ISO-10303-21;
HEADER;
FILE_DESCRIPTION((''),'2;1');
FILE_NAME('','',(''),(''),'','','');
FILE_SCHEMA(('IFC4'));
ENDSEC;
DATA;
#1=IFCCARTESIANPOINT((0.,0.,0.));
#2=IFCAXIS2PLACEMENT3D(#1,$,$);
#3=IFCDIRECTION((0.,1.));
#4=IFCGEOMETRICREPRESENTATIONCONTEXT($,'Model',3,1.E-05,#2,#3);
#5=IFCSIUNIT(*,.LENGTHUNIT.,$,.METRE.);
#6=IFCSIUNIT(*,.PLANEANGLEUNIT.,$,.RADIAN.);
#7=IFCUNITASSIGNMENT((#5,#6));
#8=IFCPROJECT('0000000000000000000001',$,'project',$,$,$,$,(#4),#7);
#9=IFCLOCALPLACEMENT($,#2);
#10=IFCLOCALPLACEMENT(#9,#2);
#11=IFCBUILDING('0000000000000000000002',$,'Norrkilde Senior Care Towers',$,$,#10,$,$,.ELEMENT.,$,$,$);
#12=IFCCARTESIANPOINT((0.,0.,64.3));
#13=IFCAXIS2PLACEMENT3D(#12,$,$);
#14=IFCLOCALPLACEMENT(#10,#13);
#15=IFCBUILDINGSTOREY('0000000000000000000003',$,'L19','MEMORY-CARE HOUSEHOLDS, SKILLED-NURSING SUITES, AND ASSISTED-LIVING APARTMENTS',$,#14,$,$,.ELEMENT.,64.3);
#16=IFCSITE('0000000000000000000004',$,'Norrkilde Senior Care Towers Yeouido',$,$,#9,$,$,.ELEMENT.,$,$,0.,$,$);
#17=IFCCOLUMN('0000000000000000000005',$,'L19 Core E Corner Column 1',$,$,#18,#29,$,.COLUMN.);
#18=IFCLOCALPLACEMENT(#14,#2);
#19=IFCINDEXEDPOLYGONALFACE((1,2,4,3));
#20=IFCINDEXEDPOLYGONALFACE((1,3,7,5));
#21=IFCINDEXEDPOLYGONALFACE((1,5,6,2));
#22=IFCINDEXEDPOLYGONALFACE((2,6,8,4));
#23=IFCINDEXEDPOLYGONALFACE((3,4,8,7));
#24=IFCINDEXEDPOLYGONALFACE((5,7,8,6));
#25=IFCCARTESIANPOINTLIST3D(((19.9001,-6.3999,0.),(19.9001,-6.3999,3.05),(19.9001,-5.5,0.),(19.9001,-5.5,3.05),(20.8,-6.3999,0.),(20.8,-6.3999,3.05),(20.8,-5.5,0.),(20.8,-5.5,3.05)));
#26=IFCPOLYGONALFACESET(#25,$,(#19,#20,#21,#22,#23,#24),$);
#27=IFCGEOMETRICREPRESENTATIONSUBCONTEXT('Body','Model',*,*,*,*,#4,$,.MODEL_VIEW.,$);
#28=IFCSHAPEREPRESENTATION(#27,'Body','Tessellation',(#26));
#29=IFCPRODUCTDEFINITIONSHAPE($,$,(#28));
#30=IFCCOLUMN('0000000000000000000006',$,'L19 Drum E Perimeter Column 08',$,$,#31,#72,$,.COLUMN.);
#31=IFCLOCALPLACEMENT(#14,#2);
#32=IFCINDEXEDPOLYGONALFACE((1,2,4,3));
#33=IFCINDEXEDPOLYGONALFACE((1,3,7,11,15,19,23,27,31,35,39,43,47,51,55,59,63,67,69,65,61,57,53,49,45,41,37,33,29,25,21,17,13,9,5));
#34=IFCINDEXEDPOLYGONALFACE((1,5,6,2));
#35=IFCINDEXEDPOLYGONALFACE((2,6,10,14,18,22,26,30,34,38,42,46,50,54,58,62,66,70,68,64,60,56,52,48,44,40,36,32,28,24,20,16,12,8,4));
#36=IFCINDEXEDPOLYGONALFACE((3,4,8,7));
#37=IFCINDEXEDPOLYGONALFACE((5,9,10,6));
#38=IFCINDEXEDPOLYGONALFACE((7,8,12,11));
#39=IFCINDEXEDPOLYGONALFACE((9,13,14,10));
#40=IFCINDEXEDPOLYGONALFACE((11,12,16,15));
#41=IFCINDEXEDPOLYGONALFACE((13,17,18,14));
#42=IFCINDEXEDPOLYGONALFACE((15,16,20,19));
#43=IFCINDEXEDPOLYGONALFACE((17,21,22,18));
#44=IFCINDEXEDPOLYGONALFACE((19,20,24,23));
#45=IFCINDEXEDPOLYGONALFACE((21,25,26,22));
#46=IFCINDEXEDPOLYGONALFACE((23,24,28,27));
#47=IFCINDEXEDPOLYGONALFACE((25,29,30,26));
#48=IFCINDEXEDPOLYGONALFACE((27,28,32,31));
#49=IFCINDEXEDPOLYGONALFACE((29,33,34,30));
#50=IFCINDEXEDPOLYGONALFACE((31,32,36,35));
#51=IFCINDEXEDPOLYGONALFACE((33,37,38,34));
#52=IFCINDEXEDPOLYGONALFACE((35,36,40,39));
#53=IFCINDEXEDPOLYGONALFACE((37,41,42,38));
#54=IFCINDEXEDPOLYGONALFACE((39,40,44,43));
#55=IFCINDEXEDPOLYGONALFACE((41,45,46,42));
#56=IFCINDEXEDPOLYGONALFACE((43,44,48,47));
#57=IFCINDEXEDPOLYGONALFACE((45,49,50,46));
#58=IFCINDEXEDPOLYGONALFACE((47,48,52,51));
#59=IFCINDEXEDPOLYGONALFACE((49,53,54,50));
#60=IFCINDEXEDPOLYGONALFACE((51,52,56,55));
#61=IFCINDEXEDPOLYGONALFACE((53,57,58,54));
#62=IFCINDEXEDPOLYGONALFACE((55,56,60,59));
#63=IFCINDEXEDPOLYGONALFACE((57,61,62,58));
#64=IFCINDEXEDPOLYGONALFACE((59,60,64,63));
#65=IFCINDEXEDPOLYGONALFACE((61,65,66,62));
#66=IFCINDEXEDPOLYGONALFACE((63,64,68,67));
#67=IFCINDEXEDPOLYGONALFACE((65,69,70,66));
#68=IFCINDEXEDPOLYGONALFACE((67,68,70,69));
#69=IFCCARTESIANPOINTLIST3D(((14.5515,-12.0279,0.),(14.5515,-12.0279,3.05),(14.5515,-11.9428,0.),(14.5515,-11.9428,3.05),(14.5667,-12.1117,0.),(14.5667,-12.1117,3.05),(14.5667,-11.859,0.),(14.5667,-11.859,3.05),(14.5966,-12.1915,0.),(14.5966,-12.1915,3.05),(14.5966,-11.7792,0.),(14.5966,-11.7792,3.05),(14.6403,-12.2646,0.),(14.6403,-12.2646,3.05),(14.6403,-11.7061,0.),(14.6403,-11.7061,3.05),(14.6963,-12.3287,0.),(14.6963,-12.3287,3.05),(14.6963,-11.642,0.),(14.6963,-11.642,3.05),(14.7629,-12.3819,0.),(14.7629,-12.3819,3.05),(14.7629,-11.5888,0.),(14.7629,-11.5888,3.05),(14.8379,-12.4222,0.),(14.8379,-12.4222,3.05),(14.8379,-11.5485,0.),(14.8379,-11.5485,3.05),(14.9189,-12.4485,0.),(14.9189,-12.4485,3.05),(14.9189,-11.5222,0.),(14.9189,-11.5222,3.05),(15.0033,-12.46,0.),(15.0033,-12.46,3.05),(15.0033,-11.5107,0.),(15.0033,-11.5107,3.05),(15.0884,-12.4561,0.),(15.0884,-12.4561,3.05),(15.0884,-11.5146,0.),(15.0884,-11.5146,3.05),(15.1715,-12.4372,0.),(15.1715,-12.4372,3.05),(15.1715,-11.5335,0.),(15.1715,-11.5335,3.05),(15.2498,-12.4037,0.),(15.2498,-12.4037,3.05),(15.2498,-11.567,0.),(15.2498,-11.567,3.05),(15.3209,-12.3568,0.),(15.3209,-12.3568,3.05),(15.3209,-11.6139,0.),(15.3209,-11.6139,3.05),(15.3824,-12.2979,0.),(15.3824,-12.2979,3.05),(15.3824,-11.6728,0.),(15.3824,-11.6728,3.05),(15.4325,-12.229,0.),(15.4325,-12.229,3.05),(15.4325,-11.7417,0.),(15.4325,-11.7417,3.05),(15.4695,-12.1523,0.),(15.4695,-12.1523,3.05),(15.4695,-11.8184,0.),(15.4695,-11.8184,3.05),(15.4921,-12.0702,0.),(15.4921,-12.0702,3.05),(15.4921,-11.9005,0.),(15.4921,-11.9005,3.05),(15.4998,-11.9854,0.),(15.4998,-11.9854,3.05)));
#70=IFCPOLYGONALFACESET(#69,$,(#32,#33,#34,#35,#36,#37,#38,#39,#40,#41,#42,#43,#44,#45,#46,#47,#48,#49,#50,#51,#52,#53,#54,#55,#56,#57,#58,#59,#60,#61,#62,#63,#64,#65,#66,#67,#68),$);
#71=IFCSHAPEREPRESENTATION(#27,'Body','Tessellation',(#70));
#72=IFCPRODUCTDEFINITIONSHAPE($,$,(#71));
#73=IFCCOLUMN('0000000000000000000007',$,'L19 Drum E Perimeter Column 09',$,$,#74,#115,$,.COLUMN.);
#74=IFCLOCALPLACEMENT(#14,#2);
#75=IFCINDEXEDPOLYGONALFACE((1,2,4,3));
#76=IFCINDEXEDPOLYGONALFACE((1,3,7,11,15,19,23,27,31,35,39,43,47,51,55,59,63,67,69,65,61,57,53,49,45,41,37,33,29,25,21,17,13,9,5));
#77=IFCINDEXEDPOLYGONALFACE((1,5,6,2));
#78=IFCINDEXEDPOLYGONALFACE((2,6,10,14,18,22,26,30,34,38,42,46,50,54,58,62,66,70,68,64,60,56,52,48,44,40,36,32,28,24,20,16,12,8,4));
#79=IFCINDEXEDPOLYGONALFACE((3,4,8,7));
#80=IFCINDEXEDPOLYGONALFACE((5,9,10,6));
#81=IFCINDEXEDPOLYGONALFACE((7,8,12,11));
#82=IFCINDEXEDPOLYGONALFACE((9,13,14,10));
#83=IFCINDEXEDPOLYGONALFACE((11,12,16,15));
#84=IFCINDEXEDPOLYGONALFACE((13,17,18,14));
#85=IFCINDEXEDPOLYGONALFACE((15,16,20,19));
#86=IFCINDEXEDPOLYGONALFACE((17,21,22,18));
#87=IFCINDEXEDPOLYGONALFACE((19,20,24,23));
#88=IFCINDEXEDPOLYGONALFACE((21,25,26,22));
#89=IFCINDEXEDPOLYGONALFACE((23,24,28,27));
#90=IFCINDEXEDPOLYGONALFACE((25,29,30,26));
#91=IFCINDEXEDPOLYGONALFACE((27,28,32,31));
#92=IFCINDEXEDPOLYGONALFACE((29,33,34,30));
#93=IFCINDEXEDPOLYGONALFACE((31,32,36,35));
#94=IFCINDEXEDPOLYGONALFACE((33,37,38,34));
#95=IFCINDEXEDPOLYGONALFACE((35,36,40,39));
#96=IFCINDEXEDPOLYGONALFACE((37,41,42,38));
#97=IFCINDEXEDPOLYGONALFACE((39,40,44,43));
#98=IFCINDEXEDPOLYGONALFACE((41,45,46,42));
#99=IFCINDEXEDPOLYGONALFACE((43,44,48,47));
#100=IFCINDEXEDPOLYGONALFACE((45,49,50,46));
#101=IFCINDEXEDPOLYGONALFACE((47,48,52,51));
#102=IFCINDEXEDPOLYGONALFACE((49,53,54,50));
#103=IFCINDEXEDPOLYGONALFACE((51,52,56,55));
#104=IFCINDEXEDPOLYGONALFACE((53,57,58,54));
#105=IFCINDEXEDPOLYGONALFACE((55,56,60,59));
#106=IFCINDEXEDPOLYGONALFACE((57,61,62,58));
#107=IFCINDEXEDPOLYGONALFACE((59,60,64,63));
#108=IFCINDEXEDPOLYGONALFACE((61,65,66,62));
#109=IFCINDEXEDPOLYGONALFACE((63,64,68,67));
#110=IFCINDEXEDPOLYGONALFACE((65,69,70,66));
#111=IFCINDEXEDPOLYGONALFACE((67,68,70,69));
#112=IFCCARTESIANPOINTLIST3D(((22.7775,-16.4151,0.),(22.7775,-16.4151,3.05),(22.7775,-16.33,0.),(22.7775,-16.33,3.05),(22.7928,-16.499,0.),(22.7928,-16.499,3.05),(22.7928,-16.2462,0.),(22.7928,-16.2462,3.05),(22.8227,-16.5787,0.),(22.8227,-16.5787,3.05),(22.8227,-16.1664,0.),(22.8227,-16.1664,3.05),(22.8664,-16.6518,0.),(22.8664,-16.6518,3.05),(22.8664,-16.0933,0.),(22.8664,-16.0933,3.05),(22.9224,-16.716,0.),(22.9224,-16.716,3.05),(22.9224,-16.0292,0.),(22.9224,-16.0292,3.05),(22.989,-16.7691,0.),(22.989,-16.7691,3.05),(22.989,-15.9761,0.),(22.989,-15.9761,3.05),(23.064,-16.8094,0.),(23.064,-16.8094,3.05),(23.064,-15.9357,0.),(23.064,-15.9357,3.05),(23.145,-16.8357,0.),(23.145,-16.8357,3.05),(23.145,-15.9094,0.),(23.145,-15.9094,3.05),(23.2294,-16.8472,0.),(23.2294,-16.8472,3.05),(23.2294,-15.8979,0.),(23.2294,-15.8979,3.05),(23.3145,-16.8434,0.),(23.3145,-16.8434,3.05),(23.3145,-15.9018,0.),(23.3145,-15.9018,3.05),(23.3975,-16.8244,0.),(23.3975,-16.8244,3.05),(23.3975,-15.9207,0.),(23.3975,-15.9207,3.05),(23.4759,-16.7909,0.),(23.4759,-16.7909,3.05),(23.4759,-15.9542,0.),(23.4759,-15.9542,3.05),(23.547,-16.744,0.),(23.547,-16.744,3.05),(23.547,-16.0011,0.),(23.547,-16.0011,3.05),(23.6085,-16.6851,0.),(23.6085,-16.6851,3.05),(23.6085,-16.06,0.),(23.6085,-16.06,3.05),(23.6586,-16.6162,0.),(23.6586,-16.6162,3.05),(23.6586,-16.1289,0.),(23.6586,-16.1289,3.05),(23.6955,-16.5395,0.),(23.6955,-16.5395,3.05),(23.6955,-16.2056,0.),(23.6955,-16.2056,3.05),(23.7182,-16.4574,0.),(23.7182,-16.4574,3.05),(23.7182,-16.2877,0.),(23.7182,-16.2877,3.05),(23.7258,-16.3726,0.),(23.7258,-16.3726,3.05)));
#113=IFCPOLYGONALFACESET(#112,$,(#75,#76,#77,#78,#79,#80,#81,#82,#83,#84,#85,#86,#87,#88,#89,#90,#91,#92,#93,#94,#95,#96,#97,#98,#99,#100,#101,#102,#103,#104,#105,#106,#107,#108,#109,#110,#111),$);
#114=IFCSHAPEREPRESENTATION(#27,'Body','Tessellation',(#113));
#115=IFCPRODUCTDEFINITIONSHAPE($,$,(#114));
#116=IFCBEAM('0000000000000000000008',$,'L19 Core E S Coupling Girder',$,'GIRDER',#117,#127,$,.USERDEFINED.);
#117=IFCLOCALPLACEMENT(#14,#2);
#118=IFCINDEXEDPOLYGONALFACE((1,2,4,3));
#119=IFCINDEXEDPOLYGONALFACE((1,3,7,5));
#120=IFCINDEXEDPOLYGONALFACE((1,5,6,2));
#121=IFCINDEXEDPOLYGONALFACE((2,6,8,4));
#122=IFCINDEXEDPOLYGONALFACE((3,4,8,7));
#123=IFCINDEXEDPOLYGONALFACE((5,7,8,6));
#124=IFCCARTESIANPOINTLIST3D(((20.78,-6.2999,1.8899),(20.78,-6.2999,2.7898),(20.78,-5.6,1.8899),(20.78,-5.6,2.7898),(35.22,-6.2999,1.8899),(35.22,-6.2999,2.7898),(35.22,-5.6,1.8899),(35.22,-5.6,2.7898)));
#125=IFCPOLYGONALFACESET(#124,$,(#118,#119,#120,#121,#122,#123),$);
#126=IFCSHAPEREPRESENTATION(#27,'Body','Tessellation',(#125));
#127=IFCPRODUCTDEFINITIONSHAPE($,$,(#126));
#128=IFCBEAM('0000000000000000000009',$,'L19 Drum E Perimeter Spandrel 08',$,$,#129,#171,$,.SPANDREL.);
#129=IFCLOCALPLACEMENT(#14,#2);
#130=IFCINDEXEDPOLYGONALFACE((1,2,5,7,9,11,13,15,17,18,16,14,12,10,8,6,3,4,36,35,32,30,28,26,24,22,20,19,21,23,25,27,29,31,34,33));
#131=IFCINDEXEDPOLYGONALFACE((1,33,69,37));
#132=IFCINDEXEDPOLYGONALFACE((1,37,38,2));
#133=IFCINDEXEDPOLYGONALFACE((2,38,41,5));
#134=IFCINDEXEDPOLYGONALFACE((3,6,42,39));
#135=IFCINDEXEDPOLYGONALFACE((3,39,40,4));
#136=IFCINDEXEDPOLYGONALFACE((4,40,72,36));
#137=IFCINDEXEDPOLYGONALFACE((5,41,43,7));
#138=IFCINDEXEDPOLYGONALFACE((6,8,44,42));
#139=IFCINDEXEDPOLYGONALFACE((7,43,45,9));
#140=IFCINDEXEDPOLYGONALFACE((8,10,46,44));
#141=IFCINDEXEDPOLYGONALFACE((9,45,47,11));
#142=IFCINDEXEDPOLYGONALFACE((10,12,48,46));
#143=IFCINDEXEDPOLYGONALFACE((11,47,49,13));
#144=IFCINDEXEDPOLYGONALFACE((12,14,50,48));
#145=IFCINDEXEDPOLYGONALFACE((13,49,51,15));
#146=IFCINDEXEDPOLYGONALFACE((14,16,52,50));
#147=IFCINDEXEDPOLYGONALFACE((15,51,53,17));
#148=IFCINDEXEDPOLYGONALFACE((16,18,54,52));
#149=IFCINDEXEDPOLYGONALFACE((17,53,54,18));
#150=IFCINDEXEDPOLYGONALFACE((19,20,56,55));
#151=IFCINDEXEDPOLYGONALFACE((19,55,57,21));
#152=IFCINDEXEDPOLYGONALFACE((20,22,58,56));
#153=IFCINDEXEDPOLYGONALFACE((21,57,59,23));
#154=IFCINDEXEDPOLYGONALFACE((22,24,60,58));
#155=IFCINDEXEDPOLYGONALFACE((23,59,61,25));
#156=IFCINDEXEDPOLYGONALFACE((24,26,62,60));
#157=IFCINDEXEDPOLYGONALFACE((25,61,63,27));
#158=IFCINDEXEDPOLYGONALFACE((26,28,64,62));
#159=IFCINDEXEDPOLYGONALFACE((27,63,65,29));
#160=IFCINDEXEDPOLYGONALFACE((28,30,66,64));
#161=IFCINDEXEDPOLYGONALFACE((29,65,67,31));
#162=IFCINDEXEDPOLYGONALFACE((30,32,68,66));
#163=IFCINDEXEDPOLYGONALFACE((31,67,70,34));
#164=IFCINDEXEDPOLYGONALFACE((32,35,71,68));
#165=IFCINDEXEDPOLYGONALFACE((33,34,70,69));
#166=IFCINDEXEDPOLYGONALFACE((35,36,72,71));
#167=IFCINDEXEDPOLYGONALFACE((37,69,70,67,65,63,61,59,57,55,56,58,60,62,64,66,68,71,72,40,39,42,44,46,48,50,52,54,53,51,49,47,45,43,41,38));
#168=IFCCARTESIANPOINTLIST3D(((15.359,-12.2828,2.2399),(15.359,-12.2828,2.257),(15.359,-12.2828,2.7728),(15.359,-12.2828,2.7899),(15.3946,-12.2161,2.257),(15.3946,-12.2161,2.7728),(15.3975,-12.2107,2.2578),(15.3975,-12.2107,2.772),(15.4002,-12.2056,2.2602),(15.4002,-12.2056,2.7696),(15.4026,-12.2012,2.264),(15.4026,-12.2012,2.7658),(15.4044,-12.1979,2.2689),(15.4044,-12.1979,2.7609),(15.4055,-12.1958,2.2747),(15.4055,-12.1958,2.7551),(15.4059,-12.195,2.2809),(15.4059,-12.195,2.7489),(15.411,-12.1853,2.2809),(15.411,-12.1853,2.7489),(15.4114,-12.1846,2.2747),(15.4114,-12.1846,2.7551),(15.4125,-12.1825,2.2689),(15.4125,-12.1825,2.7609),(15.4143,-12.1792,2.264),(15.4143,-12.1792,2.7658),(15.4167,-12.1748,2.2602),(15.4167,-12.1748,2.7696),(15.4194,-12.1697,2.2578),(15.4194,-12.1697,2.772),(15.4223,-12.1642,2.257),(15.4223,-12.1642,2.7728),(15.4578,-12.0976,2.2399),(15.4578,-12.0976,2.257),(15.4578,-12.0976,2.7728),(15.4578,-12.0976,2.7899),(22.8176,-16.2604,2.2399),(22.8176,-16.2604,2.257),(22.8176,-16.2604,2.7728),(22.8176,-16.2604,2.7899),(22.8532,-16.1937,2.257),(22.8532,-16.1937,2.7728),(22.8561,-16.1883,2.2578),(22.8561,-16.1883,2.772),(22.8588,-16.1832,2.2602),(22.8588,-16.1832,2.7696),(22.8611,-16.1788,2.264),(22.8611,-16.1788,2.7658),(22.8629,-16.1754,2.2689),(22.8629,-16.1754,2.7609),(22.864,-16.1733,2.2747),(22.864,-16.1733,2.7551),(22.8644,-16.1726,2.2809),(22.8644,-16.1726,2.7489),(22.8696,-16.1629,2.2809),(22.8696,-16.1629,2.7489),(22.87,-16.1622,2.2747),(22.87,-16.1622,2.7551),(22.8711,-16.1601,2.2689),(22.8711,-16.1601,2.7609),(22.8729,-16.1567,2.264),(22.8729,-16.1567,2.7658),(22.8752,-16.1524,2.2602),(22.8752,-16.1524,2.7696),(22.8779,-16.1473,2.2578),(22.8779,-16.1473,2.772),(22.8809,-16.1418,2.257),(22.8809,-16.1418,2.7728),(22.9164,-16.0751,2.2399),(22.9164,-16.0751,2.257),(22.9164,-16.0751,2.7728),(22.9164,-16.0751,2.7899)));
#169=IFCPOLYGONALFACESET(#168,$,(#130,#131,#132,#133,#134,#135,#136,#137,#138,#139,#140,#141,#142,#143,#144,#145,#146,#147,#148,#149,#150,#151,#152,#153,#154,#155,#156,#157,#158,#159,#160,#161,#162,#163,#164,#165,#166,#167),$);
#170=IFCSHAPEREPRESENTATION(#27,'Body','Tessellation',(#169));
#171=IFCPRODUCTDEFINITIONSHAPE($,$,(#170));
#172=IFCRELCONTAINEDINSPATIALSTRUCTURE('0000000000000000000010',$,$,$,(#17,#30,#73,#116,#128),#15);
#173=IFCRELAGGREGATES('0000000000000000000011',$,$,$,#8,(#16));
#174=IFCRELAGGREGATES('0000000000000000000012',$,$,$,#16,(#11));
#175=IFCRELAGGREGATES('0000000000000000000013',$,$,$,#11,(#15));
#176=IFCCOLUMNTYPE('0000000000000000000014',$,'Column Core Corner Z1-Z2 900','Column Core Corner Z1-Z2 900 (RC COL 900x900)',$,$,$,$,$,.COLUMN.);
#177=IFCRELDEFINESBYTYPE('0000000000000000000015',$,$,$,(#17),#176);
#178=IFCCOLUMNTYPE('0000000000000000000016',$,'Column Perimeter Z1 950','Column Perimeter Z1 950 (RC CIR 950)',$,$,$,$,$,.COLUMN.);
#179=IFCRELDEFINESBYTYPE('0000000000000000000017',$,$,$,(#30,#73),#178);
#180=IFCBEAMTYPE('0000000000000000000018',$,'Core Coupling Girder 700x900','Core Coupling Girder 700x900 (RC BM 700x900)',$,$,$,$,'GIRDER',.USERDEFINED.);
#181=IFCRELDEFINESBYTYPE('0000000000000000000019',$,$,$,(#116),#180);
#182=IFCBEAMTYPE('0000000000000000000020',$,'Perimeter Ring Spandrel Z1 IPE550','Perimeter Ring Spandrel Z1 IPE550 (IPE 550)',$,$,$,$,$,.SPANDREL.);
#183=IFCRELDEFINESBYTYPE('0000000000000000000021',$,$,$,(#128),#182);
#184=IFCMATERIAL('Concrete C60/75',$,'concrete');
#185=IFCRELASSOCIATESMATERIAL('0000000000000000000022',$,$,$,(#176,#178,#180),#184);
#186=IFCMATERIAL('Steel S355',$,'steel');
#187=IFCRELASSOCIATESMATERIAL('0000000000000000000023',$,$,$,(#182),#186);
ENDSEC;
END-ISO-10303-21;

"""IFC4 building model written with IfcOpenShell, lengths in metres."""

from ifc_helpers import new_model, si_unit, direction, frame, origin, origin_2d, place, context, subcontext, project, spatial, rectangle, circle, i_section, extrude, source, transform, mapped, material, material_profile, profile_set, type_object, type_shapes, element, save


model = new_model("IFC4")

# Units and contexts
model_context = context("Model", 3, precision=1e-05, world=origin(), true_north=direction((0.0, 1.0)))
body_context = subcontext(model_context, "Body", "Model", "MODEL_VIEW")
ifc_project = project(units=[si_unit("LENGTHUNIT", "METRE"), si_unit("PLANEANGLEUNIT", "RADIAN")], contexts=[model_context])

# Site, building, storey
site_placement = place(None, origin())
site = spatial("IfcSite", under=ifc_project, at=site_placement, Name="Norrkilde Senior Care Towers Yeouido", CompositionType="ELEMENT", RefElevation=0.0)
building_placement = place(site_placement, origin())
building = spatial("IfcBuilding", under=site, at=building_placement, Name="Norrkilde Senior Care Towers", CompositionType="ELEMENT")
storey_placement = place(building_placement, frame((0.0, 0.0, 64.3)))
storey = spatial("IfcBuildingStorey", under=building, at=storey_placement, Name="L19", Description="MEMORY-CARE HOUSEHOLDS, SKILLED-NURSING SUITES, AND ASSISTED-LIVING APARTMENTS", CompositionType="ELEMENT", Elevation=64.3)

# Columns
ifc_material_1 = material(Name="Concrete C60/75", Category="concrete")
ifc_material_profile_1 = material_profile(ifc_material_1, rectangle(XDim=0.8999, YDim=0.8999, at=origin_2d()), Name="RC COL 900x900")
ifc_profile_set_1 = profile_set([ifc_material_profile_1], Name="Concrete C60/75")
column_type_1 = type_object("IfcColumnType", Name="Column Core Corner Z1-Z2 900", Description="Column Core Corner Z1-Z2 900 (RC COL 900x900)", PredefinedType="COLUMN", material=ifc_profile_set_1)
shared_shape_1 = source(origin(), body_context, "Body", "SweptSolid", [
    extrude(rectangle(XDim=0.8999, YDim=0.8999, at=origin_2d()), origin(), (0.0, 0.0, 1.0), 3.05),
])
type_shapes(column_type_1, [shared_shape_1])
column_placement = place(storey_placement, frame((20.3501, -5.95, 0.0), z_axis=(0.0, 0.0, 1.0), x_axis=(1.0, 0.0, 0.0)))
element("IfcColumn", 1, at=column_placement, inside=storey, type_object=column_type_1, Name="L19 Core E Corner Column 1", PredefinedType="COLUMN", context=body_context, shape_type="MappedRepresentation", body=[
    mapped(shared_shape_1, transform((0.0, 0.0, 0.0), x_axis=(1.0, 0.0, 0.0), y_axis=(0.0, 1.0, 0.0), z_axis=(0.0, 0.0, 1.0), scale=1.0)),
])
ifc_material_profile_2 = material_profile(ifc_material_1, circle(Radius=0.4751, at=origin_2d()), Name="RC CIR 950")
ifc_profile_set_2 = profile_set([ifc_material_profile_2], Name="Concrete C60/75")
column_type_2 = type_object("IfcColumnType", Name="Column Perimeter Z1 950", Description="Column Perimeter Z1 950 (RC CIR 950)", PredefinedType="COLUMN", material=ifc_profile_set_2)
shared_shape_2 = source(origin(), body_context, "Body", "SweptSolid", [
    extrude(circle(Radius=0.4751, at=origin_2d()), origin(), (0.0, 0.0, 1.0), 3.05),
])
type_shapes(column_type_2, [shared_shape_2])
for number, where, z_axis, x_axis, name in (
    (2, (15.0247, -11.9854, 0.0), (0.0, 0.0, 1.0), (1.0, 0.0, 0.0), "L19 Drum E Perimeter Column 08"),
    (3, (23.2507, -16.3726, 0.0), (0.0, 0.0, 1.0), (1.0, 0.0, 0.0), "L19 Drum E Perimeter Column 09"),
):
    element("IfcColumn", number, at=place(storey_placement, frame(where, z_axis=z_axis, x_axis=x_axis)), inside=storey, type_object=column_type_2, Name=name, PredefinedType="COLUMN", context=body_context, shape_type="MappedRepresentation", body=[
        mapped(shared_shape_2, transform((0.0, 0.0, 0.0), x_axis=(1.0, 0.0, 0.0), y_axis=(0.0, 1.0, 0.0), z_axis=(0.0, 0.0, 1.0), scale=1.0)),
    ])

# Beams
ifc_material_profile_3 = material_profile(ifc_material_1, rectangle(XDim=0.7, YDim=0.8999, at=origin_2d()), Name="RC BM 700x900")
ifc_profile_set_3 = profile_set([ifc_material_profile_3], Name="Concrete C60/75")
beam_type_1 = type_object("IfcBeamType", Name="Core Coupling Girder 700x900", Description="Core Coupling Girder 700x900 (RC BM 700x900)", ElementType="GIRDER", PredefinedType="USERDEFINED", material=ifc_profile_set_3)
shared_shape_3 = source(origin(), body_context, "Body", "SweptSolid", [
    extrude(rectangle(XDim=0.7, YDim=0.8999, at=origin_2d()), origin(), (0.0, 0.0, 1.0), 14.4399),
])
type_shapes(beam_type_1, [shared_shape_3])
beam_1_placement = place(storey_placement, frame((20.78, -5.95, 2.3398), z_axis=(1.0, 0.0, 0.0), x_axis=(0.0, 1.0, 0.0)))
element("IfcBeam", 4, at=beam_1_placement, inside=storey, type_object=beam_type_1, Name="L19 Core E S Coupling Girder", ObjectType="GIRDER", PredefinedType="USERDEFINED", context=body_context, shape_type="MappedRepresentation", body=[
    mapped(shared_shape_3, transform((0.0, 0.0, 0.0), x_axis=(1.0, 0.0, 0.0), y_axis=(0.0, 1.0, 0.0), z_axis=(0.0, 0.0, 1.0), scale=1.0)),
])
ifc_material_2 = material(Name="Steel S355", Category="steel")
ifc_material_profile_4 = material_profile(ifc_material_2, i_section(OverallWidth=0.21, OverallDepth=0.55, WebThickness=0.011, FlangeThickness=0.0171, FilletRadius=0.0239, at=origin_2d()), Name="IPE 550")
ifc_profile_set_4 = profile_set([ifc_material_profile_4], Name="Steel S355")
beam_type_2 = type_object("IfcBeamType", Name="Perimeter Ring Spandrel Z1 IPE550", Description="Perimeter Ring Spandrel Z1 IPE550 (IPE 550)", PredefinedType="SPANDREL", material=ifc_profile_set_4)
shared_shape_4 = source(origin(), body_context, "Body", "SweptSolid", [
    extrude(i_section(OverallWidth=0.21, OverallDepth=0.55, WebThickness=0.011, FlangeThickness=0.0171, FilletRadius=0.0239, at=origin_2d()), origin(), (0.0, 0.0, 1.0), 8.4529),
])
beam_2_placement = place(storey_placement, frame((15.4084, -12.1902, 2.5149), z_axis=(0.882369, -0.470558, 0.0), x_axis=(0.470558, 0.882369, 0.0)))
element("IfcBeam", 5, at=beam_2_placement, inside=storey, type_object=beam_type_2, Name="L19 Drum E Perimeter Spandrel 08", PredefinedType="SPANDREL", context=body_context, shape_type="MappedRepresentation", body=[
    mapped(shared_shape_4, transform((0.0, 0.0, 0.0), x_axis=(1.0, 0.0, 0.0), y_axis=(0.0, 1.0, 0.0), z_axis=(0.0, 0.0, 1.0), scale=1.0)),
])

save(model, "model.ifc")
